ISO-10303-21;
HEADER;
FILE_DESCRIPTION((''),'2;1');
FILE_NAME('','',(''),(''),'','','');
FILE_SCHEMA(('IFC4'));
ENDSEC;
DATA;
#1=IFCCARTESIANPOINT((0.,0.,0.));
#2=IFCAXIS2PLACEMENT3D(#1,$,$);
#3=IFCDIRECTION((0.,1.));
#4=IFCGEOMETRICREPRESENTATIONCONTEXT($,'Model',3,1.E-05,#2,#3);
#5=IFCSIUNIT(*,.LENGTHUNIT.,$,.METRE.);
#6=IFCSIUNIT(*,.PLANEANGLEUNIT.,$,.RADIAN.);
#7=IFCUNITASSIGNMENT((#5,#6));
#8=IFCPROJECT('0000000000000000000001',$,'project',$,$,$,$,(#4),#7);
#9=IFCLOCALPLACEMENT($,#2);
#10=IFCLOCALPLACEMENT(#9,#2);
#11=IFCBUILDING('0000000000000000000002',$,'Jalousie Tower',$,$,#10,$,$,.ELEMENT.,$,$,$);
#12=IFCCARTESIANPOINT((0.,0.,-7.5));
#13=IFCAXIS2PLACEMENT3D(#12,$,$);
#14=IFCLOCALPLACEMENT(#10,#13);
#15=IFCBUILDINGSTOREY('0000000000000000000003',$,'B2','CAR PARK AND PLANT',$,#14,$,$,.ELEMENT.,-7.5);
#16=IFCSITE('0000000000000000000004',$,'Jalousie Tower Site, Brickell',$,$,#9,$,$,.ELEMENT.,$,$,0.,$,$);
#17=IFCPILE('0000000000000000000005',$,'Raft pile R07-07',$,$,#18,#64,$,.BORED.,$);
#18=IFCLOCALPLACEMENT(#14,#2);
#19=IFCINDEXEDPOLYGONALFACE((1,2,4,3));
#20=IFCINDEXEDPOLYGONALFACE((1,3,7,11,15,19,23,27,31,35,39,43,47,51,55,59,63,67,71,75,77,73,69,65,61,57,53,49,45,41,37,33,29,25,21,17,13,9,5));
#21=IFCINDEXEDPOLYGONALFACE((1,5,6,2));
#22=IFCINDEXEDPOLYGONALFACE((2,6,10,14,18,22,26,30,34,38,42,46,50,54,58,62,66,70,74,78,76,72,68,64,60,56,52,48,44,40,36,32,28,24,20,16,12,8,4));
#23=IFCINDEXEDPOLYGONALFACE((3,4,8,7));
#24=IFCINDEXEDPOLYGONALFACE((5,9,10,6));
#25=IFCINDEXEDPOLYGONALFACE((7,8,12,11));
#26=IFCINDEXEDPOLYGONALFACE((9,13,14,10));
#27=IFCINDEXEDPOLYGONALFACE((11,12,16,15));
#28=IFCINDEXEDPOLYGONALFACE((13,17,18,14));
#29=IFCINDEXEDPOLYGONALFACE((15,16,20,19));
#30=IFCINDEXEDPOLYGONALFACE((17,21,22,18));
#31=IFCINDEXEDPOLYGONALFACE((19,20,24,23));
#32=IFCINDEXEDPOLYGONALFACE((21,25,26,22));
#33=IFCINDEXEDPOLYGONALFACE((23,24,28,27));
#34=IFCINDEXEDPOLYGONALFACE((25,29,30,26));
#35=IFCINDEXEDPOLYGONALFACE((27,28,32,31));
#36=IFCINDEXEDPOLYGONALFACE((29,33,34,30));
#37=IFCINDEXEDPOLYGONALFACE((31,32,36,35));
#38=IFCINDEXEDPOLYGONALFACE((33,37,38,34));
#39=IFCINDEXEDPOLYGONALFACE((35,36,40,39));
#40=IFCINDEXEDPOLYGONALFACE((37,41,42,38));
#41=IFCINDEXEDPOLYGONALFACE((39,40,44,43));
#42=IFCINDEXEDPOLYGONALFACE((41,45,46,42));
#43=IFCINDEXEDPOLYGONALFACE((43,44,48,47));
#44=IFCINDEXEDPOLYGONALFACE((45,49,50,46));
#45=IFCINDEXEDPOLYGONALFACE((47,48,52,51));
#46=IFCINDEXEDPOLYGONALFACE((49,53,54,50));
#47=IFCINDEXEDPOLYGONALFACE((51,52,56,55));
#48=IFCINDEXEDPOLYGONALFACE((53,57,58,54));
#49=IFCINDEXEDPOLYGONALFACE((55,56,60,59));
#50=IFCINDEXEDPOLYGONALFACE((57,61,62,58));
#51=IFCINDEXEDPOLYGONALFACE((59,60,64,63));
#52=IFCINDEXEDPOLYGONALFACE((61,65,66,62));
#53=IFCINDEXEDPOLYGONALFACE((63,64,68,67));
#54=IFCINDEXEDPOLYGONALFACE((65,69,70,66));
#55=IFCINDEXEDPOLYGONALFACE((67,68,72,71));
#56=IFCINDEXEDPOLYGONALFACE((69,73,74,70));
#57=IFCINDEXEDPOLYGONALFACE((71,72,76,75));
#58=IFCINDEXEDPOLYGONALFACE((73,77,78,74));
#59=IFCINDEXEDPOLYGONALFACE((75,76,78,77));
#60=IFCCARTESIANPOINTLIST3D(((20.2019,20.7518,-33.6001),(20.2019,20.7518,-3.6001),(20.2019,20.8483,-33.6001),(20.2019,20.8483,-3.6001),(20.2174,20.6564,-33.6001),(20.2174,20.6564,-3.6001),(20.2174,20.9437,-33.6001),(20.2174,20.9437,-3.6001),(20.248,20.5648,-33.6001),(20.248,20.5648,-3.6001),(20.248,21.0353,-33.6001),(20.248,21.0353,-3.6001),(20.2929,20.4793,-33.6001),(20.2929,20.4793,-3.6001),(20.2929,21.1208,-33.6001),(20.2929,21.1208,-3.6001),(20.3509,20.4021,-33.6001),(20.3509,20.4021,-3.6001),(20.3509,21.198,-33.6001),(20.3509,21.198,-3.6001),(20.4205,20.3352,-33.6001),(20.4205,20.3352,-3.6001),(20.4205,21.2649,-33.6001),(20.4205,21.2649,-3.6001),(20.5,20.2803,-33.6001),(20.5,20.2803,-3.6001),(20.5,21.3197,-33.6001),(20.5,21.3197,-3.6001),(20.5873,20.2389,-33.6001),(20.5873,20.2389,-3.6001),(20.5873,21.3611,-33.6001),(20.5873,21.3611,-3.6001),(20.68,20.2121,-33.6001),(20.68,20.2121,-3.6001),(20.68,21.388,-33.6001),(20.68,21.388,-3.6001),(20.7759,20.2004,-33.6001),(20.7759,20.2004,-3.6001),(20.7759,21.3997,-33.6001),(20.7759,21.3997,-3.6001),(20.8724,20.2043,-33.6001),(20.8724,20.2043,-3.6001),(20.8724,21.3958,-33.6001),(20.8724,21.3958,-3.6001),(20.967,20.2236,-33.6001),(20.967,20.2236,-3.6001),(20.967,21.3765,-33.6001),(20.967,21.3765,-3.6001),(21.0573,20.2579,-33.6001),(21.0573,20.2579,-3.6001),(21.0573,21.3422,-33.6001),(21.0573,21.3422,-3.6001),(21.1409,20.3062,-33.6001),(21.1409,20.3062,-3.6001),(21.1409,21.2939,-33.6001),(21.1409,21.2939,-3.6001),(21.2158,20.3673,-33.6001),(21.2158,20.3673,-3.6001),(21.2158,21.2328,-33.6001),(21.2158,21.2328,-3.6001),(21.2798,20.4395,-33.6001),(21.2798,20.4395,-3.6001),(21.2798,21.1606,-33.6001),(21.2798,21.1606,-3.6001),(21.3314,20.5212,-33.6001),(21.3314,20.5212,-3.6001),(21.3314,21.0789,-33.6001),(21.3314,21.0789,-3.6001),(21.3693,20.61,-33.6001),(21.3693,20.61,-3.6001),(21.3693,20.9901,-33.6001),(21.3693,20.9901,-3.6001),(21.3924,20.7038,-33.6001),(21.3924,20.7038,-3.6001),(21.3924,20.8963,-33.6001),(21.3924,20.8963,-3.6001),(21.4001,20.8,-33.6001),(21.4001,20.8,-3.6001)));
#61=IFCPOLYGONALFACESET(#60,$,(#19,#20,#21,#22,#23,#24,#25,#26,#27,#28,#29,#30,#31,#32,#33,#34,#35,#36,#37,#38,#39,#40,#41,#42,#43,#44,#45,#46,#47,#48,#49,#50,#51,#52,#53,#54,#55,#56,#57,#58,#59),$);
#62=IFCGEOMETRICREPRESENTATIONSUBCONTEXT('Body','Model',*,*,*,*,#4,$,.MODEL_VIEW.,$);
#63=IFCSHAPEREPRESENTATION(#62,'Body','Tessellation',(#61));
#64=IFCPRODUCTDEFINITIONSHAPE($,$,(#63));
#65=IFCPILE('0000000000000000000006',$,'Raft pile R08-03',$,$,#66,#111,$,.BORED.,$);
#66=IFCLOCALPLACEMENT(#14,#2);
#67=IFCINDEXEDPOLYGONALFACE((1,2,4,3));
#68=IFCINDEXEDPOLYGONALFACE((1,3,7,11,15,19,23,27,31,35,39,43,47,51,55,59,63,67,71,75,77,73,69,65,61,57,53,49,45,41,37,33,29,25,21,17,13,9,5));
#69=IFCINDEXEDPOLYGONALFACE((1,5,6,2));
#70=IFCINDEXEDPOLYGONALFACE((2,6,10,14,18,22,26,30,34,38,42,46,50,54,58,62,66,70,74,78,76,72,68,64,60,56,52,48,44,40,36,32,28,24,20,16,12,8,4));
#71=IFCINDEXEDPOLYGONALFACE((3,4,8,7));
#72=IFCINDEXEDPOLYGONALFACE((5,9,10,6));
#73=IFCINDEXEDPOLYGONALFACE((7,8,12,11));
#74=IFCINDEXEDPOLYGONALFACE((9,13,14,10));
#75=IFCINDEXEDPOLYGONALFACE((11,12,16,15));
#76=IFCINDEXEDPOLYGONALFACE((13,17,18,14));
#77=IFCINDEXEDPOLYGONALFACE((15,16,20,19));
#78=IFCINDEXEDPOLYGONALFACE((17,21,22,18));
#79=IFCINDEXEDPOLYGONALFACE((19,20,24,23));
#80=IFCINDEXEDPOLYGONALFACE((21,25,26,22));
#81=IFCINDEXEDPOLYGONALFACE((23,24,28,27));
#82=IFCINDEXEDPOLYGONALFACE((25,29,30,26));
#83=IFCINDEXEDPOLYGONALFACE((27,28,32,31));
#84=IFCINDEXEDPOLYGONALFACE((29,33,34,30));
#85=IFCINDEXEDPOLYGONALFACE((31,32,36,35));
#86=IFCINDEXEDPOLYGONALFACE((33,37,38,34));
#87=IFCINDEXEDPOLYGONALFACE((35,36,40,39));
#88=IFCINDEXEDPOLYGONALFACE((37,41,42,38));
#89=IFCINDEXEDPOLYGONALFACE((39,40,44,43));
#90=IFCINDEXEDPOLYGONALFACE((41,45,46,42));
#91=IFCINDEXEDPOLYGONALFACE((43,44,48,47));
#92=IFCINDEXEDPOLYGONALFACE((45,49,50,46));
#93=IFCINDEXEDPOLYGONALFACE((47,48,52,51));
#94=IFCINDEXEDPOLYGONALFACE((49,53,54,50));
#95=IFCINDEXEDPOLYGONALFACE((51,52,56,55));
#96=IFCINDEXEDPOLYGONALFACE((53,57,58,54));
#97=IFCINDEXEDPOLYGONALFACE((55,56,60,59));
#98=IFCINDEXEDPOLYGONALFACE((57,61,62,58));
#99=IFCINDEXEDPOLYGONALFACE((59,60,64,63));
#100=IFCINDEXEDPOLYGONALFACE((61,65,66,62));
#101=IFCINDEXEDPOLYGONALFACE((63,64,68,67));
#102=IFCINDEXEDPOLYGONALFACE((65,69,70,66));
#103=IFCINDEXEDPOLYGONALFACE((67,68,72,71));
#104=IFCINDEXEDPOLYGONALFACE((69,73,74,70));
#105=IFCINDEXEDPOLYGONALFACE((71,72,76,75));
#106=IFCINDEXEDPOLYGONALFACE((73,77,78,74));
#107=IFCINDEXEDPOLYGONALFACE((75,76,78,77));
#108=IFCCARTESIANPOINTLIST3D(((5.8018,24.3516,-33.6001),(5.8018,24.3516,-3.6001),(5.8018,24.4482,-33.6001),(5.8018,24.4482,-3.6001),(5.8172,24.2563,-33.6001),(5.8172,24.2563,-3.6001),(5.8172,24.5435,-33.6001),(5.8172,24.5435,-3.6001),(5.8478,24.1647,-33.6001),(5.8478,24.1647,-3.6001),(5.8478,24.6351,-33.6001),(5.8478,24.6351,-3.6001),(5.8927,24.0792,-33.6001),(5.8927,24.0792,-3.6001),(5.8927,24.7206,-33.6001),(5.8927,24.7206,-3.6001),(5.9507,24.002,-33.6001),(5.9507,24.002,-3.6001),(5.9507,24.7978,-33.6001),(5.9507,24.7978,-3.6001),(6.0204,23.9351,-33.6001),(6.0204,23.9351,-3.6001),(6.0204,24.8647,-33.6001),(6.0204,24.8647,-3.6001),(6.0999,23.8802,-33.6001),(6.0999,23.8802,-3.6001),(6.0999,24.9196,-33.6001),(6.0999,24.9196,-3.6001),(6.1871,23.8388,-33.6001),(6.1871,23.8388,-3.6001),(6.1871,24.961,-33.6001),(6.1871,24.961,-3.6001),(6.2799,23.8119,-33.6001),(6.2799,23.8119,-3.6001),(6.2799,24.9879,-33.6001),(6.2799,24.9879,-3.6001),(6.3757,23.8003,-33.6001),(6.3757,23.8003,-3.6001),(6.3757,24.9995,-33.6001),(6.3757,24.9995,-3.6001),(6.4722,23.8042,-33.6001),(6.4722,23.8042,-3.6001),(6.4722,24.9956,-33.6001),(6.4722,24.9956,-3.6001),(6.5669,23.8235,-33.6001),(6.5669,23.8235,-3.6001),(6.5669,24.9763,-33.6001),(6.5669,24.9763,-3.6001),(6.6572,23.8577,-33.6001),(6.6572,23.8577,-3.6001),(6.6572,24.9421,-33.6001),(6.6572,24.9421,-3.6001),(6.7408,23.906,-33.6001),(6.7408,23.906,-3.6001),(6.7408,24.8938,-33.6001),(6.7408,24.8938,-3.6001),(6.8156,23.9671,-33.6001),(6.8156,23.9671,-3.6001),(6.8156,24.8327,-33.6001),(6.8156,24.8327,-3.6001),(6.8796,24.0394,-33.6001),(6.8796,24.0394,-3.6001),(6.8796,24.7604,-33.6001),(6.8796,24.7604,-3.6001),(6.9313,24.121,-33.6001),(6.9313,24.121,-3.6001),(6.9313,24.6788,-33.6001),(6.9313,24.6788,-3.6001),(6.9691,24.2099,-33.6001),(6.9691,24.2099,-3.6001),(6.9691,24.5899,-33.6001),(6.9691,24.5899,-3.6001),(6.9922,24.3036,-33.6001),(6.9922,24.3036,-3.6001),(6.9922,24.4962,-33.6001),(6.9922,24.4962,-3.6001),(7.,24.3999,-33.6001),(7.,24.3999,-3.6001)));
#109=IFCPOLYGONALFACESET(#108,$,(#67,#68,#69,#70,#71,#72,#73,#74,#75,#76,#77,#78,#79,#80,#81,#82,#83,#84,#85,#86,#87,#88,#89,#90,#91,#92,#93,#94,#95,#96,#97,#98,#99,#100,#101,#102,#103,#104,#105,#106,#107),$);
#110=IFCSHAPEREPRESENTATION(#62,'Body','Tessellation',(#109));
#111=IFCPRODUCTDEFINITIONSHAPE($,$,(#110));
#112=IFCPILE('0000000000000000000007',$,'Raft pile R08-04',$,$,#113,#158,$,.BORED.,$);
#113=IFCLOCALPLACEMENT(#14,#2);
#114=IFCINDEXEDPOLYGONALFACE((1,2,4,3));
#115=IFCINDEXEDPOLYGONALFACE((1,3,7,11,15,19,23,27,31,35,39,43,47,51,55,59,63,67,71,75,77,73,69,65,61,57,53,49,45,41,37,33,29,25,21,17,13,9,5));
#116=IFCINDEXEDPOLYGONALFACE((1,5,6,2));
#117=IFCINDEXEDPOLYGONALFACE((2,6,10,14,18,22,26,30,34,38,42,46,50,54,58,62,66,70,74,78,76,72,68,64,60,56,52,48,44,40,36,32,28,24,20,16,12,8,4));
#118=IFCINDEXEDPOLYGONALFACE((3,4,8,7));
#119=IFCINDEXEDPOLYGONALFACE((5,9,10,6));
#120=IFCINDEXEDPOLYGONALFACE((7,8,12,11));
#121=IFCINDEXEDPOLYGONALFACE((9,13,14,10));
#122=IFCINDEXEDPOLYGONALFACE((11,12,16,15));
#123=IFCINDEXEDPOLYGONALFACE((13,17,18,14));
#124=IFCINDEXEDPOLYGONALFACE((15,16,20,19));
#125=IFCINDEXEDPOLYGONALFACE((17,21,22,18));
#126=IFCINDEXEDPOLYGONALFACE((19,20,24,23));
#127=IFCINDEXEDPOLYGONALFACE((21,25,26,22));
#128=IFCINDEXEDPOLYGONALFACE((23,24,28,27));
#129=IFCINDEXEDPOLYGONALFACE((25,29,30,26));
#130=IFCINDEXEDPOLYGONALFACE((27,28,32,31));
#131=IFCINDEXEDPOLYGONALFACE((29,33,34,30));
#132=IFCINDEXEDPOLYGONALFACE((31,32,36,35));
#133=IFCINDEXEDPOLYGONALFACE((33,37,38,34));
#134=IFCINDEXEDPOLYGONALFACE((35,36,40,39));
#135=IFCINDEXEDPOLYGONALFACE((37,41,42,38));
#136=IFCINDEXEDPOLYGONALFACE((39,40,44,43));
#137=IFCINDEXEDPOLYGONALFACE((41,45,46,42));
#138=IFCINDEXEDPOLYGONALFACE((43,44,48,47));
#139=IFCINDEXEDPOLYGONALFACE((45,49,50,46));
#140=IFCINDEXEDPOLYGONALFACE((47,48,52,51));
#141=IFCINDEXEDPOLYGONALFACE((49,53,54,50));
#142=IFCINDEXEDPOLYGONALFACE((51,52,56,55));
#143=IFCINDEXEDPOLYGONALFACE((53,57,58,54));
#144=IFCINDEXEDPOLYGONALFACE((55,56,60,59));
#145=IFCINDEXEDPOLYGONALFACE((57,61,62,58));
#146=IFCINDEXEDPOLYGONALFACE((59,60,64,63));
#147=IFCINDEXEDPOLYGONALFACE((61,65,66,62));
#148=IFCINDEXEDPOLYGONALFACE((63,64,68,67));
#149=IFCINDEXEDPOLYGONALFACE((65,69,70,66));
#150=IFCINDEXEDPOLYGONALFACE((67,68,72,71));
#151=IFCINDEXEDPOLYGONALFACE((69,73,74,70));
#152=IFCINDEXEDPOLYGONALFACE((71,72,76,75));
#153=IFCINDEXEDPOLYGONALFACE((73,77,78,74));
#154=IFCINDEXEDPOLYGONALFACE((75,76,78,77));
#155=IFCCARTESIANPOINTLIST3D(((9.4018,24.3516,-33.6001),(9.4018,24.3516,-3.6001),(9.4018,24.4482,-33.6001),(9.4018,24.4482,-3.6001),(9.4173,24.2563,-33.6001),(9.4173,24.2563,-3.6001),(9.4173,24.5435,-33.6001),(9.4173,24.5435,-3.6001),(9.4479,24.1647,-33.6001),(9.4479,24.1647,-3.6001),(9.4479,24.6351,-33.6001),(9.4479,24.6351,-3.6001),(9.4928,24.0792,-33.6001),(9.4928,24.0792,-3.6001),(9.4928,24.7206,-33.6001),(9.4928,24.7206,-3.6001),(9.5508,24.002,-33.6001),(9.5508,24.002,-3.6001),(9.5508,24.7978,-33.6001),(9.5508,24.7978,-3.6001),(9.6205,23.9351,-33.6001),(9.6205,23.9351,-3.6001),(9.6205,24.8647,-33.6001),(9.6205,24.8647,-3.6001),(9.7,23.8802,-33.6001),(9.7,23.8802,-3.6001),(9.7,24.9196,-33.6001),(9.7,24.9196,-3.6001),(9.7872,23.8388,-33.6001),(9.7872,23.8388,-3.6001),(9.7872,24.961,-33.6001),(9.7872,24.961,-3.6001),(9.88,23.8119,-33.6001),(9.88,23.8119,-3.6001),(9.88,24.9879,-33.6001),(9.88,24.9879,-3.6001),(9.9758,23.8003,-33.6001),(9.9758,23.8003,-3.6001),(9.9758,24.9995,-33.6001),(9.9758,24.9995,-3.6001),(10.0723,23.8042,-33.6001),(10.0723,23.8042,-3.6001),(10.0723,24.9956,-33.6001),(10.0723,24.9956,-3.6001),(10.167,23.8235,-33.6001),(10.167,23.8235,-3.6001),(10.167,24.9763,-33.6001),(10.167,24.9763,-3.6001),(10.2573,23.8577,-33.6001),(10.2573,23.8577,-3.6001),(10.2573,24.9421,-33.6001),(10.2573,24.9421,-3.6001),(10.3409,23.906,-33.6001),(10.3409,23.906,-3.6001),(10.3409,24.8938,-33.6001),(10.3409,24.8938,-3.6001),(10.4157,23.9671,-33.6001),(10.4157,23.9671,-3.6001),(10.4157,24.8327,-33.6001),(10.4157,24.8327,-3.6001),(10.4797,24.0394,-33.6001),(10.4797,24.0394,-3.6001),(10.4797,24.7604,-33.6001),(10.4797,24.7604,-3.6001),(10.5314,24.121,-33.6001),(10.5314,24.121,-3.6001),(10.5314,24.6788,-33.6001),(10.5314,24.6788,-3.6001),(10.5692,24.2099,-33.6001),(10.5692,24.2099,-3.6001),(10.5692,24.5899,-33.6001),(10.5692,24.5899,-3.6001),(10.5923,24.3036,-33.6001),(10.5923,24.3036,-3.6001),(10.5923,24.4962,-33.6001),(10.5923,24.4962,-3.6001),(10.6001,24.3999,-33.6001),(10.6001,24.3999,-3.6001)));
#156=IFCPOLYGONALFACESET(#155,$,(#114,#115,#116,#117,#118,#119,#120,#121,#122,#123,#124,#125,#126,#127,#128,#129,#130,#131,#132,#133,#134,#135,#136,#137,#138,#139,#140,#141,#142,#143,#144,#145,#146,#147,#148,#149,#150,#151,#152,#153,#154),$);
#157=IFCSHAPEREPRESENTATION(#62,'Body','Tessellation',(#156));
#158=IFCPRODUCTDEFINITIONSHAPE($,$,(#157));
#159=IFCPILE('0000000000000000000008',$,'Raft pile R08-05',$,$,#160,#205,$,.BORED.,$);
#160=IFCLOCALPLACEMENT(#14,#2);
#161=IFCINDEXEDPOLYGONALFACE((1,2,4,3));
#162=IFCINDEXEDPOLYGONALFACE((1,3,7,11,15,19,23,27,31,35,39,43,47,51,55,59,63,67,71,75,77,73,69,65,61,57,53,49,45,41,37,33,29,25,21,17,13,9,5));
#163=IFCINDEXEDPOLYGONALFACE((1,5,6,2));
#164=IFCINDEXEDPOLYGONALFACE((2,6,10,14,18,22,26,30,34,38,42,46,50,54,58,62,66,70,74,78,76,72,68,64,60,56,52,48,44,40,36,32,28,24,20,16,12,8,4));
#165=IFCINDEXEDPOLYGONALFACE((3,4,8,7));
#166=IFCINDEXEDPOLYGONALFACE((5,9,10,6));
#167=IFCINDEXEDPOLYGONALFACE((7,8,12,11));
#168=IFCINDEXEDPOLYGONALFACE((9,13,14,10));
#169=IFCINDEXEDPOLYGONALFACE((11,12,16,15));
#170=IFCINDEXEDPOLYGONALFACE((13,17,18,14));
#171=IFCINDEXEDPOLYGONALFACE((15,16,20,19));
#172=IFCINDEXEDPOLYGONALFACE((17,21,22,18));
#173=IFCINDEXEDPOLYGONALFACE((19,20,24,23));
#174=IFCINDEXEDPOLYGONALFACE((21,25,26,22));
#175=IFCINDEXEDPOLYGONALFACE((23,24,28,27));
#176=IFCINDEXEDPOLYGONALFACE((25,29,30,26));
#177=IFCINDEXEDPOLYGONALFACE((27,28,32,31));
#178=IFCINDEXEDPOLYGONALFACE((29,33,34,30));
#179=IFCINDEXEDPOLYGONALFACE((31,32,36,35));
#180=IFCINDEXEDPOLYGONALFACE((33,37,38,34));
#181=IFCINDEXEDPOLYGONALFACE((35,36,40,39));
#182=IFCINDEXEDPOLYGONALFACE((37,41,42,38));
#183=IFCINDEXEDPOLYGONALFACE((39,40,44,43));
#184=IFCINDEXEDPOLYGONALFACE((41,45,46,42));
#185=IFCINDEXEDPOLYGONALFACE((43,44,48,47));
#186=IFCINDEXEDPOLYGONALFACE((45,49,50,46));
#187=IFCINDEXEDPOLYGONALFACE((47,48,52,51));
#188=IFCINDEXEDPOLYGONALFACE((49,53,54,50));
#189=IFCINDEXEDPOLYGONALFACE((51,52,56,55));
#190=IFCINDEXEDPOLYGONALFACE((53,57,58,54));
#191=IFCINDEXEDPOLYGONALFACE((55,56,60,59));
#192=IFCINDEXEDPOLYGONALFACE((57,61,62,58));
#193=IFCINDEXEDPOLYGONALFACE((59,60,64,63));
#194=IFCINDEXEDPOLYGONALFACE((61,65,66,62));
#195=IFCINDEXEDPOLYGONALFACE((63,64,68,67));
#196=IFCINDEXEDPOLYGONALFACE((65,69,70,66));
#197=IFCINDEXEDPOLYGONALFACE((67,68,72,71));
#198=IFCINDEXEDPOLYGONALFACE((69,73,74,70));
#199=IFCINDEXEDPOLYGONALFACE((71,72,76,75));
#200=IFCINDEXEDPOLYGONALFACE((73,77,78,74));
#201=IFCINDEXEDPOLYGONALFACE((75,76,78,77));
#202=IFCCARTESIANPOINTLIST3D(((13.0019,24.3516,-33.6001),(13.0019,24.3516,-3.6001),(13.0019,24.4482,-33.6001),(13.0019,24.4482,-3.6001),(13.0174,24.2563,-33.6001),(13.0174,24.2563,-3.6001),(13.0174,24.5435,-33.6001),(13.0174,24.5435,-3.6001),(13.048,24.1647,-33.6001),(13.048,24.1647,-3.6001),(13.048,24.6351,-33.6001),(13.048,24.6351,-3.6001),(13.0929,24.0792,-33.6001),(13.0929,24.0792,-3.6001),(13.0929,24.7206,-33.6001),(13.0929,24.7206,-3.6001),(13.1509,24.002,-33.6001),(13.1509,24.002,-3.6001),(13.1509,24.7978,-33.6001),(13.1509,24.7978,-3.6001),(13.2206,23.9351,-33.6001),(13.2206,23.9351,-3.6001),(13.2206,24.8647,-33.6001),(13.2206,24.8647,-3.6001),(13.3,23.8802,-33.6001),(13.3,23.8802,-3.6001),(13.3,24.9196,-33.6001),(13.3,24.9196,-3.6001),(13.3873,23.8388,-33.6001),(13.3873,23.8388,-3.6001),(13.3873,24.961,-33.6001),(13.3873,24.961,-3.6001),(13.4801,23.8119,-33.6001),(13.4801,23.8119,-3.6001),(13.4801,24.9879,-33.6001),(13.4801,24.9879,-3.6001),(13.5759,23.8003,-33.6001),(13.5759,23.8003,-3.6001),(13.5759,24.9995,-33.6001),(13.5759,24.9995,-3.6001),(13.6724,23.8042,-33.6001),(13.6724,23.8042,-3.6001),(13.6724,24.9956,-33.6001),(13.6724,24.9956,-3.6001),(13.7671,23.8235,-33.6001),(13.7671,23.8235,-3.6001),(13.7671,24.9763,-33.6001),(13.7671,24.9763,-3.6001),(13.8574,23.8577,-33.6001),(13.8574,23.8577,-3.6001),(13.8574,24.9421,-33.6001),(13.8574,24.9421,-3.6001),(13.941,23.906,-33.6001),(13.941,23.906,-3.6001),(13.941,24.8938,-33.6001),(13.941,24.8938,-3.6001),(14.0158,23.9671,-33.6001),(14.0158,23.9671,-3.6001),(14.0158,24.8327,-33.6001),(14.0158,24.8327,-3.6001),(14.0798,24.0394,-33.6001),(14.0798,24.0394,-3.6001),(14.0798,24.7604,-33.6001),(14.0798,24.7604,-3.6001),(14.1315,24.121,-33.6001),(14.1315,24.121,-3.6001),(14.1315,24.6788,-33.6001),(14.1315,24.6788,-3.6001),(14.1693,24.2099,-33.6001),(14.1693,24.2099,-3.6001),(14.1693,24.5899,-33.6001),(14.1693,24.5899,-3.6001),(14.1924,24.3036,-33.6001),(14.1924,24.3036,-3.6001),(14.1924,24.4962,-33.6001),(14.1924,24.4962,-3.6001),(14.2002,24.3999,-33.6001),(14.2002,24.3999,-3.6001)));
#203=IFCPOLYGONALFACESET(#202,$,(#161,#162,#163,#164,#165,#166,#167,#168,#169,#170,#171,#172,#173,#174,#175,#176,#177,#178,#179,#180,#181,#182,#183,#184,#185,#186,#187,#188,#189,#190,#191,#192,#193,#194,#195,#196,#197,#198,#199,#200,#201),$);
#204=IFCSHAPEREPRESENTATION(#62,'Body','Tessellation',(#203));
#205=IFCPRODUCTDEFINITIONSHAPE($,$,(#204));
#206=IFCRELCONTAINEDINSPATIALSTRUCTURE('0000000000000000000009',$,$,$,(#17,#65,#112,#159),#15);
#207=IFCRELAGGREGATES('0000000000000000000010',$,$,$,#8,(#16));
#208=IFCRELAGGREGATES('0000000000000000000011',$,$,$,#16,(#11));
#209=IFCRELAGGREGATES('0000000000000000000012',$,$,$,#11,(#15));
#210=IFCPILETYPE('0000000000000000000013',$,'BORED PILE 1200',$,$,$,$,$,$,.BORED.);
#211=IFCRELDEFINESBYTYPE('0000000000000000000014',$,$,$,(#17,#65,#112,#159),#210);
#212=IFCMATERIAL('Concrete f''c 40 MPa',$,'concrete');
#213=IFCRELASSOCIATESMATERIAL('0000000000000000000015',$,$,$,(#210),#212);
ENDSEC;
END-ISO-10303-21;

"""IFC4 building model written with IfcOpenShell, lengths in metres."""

from ifc_helpers import new_model, si_unit, direction, frame, origin, origin_2d, place, context, subcontext, project, spatial, circle, extrude, material, material_profile, profile_set, type_object, element, save


model = new_model("IFC4")

# Units and contexts
model_context = context("Model", 3, precision=1e-05, world=origin(), true_north=direction((0.0, 1.0)))
body_context = subcontext(model_context, "Body", "Model", "MODEL_VIEW")
ifc_project = project(units=[si_unit("LENGTHUNIT", "METRE"), si_unit("PLANEANGLEUNIT", "RADIAN")], contexts=[model_context])

# Site, building, storey
site_placement = place(None, origin())
site = spatial("IfcSite", under=ifc_project, at=site_placement, Name="Jalousie Tower Site, Brickell", CompositionType="ELEMENT", RefElevation=0.0)
building_placement = place(site_placement, origin())
building = spatial("IfcBuilding", under=site, at=building_placement, Name="Jalousie Tower", CompositionType="ELEMENT")
storey_placement = place(building_placement, frame((0.0, 0.0, -7.5)))
storey = spatial("IfcBuildingStorey", under=building, at=storey_placement, Name="B2", Description="CAR PARK AND PLANT", CompositionType="ELEMENT", Elevation=-7.5)

# Piles
ifc_material_1 = material(Name="Concrete f'c 40 MPa", Category="concrete")
ifc_material_profile_1 = material_profile(ifc_material_1, circle(Radius=0.6001, at=origin_2d()), Name="BORED PILE D1200")
ifc_profile_set_1 = profile_set([ifc_material_profile_1], Name="Concrete f'c 40 MPa")
pile_type = type_object("IfcPileType", Name="BORED PILE 1200", PredefinedType="BORED", material=ifc_profile_set_1)
for number, where, z_axis, x_axis, name in (
    (1, (20.8, 20.8, -3.6001), (0.0, 0.0, -1.0), (1.0, 0.0, 0.0), "Raft pile R07-07"),
    (2, (6.3999, 24.3999, -3.6001), (0.0, 0.0, -1.0), (1.0, 0.0, 0.0), "Raft pile R08-03"),
    (3, (10.0, 24.3999, -3.6001), (0.0, 0.0, -1.0), (1.0, 0.0, 0.0), "Raft pile R08-04"),
    (4, (13.6001, 24.3999, -3.6001), (0.0, 0.0, -1.0), (1.0, 0.0, 0.0), "Raft pile R08-05"),
):
    element("IfcPile", number, at=place(storey_placement, frame(where, z_axis=z_axis, x_axis=x_axis)), inside=storey, type_object=pile_type, Name=name, PredefinedType="BORED", context=body_context, shape_type="SweptSolid", body=[
        extrude(circle(Radius=0.6001, at=origin_2d()), origin(), (0.0, 0.0, 1.0), 30.0),
    ])

save(model, "model.ifc")
